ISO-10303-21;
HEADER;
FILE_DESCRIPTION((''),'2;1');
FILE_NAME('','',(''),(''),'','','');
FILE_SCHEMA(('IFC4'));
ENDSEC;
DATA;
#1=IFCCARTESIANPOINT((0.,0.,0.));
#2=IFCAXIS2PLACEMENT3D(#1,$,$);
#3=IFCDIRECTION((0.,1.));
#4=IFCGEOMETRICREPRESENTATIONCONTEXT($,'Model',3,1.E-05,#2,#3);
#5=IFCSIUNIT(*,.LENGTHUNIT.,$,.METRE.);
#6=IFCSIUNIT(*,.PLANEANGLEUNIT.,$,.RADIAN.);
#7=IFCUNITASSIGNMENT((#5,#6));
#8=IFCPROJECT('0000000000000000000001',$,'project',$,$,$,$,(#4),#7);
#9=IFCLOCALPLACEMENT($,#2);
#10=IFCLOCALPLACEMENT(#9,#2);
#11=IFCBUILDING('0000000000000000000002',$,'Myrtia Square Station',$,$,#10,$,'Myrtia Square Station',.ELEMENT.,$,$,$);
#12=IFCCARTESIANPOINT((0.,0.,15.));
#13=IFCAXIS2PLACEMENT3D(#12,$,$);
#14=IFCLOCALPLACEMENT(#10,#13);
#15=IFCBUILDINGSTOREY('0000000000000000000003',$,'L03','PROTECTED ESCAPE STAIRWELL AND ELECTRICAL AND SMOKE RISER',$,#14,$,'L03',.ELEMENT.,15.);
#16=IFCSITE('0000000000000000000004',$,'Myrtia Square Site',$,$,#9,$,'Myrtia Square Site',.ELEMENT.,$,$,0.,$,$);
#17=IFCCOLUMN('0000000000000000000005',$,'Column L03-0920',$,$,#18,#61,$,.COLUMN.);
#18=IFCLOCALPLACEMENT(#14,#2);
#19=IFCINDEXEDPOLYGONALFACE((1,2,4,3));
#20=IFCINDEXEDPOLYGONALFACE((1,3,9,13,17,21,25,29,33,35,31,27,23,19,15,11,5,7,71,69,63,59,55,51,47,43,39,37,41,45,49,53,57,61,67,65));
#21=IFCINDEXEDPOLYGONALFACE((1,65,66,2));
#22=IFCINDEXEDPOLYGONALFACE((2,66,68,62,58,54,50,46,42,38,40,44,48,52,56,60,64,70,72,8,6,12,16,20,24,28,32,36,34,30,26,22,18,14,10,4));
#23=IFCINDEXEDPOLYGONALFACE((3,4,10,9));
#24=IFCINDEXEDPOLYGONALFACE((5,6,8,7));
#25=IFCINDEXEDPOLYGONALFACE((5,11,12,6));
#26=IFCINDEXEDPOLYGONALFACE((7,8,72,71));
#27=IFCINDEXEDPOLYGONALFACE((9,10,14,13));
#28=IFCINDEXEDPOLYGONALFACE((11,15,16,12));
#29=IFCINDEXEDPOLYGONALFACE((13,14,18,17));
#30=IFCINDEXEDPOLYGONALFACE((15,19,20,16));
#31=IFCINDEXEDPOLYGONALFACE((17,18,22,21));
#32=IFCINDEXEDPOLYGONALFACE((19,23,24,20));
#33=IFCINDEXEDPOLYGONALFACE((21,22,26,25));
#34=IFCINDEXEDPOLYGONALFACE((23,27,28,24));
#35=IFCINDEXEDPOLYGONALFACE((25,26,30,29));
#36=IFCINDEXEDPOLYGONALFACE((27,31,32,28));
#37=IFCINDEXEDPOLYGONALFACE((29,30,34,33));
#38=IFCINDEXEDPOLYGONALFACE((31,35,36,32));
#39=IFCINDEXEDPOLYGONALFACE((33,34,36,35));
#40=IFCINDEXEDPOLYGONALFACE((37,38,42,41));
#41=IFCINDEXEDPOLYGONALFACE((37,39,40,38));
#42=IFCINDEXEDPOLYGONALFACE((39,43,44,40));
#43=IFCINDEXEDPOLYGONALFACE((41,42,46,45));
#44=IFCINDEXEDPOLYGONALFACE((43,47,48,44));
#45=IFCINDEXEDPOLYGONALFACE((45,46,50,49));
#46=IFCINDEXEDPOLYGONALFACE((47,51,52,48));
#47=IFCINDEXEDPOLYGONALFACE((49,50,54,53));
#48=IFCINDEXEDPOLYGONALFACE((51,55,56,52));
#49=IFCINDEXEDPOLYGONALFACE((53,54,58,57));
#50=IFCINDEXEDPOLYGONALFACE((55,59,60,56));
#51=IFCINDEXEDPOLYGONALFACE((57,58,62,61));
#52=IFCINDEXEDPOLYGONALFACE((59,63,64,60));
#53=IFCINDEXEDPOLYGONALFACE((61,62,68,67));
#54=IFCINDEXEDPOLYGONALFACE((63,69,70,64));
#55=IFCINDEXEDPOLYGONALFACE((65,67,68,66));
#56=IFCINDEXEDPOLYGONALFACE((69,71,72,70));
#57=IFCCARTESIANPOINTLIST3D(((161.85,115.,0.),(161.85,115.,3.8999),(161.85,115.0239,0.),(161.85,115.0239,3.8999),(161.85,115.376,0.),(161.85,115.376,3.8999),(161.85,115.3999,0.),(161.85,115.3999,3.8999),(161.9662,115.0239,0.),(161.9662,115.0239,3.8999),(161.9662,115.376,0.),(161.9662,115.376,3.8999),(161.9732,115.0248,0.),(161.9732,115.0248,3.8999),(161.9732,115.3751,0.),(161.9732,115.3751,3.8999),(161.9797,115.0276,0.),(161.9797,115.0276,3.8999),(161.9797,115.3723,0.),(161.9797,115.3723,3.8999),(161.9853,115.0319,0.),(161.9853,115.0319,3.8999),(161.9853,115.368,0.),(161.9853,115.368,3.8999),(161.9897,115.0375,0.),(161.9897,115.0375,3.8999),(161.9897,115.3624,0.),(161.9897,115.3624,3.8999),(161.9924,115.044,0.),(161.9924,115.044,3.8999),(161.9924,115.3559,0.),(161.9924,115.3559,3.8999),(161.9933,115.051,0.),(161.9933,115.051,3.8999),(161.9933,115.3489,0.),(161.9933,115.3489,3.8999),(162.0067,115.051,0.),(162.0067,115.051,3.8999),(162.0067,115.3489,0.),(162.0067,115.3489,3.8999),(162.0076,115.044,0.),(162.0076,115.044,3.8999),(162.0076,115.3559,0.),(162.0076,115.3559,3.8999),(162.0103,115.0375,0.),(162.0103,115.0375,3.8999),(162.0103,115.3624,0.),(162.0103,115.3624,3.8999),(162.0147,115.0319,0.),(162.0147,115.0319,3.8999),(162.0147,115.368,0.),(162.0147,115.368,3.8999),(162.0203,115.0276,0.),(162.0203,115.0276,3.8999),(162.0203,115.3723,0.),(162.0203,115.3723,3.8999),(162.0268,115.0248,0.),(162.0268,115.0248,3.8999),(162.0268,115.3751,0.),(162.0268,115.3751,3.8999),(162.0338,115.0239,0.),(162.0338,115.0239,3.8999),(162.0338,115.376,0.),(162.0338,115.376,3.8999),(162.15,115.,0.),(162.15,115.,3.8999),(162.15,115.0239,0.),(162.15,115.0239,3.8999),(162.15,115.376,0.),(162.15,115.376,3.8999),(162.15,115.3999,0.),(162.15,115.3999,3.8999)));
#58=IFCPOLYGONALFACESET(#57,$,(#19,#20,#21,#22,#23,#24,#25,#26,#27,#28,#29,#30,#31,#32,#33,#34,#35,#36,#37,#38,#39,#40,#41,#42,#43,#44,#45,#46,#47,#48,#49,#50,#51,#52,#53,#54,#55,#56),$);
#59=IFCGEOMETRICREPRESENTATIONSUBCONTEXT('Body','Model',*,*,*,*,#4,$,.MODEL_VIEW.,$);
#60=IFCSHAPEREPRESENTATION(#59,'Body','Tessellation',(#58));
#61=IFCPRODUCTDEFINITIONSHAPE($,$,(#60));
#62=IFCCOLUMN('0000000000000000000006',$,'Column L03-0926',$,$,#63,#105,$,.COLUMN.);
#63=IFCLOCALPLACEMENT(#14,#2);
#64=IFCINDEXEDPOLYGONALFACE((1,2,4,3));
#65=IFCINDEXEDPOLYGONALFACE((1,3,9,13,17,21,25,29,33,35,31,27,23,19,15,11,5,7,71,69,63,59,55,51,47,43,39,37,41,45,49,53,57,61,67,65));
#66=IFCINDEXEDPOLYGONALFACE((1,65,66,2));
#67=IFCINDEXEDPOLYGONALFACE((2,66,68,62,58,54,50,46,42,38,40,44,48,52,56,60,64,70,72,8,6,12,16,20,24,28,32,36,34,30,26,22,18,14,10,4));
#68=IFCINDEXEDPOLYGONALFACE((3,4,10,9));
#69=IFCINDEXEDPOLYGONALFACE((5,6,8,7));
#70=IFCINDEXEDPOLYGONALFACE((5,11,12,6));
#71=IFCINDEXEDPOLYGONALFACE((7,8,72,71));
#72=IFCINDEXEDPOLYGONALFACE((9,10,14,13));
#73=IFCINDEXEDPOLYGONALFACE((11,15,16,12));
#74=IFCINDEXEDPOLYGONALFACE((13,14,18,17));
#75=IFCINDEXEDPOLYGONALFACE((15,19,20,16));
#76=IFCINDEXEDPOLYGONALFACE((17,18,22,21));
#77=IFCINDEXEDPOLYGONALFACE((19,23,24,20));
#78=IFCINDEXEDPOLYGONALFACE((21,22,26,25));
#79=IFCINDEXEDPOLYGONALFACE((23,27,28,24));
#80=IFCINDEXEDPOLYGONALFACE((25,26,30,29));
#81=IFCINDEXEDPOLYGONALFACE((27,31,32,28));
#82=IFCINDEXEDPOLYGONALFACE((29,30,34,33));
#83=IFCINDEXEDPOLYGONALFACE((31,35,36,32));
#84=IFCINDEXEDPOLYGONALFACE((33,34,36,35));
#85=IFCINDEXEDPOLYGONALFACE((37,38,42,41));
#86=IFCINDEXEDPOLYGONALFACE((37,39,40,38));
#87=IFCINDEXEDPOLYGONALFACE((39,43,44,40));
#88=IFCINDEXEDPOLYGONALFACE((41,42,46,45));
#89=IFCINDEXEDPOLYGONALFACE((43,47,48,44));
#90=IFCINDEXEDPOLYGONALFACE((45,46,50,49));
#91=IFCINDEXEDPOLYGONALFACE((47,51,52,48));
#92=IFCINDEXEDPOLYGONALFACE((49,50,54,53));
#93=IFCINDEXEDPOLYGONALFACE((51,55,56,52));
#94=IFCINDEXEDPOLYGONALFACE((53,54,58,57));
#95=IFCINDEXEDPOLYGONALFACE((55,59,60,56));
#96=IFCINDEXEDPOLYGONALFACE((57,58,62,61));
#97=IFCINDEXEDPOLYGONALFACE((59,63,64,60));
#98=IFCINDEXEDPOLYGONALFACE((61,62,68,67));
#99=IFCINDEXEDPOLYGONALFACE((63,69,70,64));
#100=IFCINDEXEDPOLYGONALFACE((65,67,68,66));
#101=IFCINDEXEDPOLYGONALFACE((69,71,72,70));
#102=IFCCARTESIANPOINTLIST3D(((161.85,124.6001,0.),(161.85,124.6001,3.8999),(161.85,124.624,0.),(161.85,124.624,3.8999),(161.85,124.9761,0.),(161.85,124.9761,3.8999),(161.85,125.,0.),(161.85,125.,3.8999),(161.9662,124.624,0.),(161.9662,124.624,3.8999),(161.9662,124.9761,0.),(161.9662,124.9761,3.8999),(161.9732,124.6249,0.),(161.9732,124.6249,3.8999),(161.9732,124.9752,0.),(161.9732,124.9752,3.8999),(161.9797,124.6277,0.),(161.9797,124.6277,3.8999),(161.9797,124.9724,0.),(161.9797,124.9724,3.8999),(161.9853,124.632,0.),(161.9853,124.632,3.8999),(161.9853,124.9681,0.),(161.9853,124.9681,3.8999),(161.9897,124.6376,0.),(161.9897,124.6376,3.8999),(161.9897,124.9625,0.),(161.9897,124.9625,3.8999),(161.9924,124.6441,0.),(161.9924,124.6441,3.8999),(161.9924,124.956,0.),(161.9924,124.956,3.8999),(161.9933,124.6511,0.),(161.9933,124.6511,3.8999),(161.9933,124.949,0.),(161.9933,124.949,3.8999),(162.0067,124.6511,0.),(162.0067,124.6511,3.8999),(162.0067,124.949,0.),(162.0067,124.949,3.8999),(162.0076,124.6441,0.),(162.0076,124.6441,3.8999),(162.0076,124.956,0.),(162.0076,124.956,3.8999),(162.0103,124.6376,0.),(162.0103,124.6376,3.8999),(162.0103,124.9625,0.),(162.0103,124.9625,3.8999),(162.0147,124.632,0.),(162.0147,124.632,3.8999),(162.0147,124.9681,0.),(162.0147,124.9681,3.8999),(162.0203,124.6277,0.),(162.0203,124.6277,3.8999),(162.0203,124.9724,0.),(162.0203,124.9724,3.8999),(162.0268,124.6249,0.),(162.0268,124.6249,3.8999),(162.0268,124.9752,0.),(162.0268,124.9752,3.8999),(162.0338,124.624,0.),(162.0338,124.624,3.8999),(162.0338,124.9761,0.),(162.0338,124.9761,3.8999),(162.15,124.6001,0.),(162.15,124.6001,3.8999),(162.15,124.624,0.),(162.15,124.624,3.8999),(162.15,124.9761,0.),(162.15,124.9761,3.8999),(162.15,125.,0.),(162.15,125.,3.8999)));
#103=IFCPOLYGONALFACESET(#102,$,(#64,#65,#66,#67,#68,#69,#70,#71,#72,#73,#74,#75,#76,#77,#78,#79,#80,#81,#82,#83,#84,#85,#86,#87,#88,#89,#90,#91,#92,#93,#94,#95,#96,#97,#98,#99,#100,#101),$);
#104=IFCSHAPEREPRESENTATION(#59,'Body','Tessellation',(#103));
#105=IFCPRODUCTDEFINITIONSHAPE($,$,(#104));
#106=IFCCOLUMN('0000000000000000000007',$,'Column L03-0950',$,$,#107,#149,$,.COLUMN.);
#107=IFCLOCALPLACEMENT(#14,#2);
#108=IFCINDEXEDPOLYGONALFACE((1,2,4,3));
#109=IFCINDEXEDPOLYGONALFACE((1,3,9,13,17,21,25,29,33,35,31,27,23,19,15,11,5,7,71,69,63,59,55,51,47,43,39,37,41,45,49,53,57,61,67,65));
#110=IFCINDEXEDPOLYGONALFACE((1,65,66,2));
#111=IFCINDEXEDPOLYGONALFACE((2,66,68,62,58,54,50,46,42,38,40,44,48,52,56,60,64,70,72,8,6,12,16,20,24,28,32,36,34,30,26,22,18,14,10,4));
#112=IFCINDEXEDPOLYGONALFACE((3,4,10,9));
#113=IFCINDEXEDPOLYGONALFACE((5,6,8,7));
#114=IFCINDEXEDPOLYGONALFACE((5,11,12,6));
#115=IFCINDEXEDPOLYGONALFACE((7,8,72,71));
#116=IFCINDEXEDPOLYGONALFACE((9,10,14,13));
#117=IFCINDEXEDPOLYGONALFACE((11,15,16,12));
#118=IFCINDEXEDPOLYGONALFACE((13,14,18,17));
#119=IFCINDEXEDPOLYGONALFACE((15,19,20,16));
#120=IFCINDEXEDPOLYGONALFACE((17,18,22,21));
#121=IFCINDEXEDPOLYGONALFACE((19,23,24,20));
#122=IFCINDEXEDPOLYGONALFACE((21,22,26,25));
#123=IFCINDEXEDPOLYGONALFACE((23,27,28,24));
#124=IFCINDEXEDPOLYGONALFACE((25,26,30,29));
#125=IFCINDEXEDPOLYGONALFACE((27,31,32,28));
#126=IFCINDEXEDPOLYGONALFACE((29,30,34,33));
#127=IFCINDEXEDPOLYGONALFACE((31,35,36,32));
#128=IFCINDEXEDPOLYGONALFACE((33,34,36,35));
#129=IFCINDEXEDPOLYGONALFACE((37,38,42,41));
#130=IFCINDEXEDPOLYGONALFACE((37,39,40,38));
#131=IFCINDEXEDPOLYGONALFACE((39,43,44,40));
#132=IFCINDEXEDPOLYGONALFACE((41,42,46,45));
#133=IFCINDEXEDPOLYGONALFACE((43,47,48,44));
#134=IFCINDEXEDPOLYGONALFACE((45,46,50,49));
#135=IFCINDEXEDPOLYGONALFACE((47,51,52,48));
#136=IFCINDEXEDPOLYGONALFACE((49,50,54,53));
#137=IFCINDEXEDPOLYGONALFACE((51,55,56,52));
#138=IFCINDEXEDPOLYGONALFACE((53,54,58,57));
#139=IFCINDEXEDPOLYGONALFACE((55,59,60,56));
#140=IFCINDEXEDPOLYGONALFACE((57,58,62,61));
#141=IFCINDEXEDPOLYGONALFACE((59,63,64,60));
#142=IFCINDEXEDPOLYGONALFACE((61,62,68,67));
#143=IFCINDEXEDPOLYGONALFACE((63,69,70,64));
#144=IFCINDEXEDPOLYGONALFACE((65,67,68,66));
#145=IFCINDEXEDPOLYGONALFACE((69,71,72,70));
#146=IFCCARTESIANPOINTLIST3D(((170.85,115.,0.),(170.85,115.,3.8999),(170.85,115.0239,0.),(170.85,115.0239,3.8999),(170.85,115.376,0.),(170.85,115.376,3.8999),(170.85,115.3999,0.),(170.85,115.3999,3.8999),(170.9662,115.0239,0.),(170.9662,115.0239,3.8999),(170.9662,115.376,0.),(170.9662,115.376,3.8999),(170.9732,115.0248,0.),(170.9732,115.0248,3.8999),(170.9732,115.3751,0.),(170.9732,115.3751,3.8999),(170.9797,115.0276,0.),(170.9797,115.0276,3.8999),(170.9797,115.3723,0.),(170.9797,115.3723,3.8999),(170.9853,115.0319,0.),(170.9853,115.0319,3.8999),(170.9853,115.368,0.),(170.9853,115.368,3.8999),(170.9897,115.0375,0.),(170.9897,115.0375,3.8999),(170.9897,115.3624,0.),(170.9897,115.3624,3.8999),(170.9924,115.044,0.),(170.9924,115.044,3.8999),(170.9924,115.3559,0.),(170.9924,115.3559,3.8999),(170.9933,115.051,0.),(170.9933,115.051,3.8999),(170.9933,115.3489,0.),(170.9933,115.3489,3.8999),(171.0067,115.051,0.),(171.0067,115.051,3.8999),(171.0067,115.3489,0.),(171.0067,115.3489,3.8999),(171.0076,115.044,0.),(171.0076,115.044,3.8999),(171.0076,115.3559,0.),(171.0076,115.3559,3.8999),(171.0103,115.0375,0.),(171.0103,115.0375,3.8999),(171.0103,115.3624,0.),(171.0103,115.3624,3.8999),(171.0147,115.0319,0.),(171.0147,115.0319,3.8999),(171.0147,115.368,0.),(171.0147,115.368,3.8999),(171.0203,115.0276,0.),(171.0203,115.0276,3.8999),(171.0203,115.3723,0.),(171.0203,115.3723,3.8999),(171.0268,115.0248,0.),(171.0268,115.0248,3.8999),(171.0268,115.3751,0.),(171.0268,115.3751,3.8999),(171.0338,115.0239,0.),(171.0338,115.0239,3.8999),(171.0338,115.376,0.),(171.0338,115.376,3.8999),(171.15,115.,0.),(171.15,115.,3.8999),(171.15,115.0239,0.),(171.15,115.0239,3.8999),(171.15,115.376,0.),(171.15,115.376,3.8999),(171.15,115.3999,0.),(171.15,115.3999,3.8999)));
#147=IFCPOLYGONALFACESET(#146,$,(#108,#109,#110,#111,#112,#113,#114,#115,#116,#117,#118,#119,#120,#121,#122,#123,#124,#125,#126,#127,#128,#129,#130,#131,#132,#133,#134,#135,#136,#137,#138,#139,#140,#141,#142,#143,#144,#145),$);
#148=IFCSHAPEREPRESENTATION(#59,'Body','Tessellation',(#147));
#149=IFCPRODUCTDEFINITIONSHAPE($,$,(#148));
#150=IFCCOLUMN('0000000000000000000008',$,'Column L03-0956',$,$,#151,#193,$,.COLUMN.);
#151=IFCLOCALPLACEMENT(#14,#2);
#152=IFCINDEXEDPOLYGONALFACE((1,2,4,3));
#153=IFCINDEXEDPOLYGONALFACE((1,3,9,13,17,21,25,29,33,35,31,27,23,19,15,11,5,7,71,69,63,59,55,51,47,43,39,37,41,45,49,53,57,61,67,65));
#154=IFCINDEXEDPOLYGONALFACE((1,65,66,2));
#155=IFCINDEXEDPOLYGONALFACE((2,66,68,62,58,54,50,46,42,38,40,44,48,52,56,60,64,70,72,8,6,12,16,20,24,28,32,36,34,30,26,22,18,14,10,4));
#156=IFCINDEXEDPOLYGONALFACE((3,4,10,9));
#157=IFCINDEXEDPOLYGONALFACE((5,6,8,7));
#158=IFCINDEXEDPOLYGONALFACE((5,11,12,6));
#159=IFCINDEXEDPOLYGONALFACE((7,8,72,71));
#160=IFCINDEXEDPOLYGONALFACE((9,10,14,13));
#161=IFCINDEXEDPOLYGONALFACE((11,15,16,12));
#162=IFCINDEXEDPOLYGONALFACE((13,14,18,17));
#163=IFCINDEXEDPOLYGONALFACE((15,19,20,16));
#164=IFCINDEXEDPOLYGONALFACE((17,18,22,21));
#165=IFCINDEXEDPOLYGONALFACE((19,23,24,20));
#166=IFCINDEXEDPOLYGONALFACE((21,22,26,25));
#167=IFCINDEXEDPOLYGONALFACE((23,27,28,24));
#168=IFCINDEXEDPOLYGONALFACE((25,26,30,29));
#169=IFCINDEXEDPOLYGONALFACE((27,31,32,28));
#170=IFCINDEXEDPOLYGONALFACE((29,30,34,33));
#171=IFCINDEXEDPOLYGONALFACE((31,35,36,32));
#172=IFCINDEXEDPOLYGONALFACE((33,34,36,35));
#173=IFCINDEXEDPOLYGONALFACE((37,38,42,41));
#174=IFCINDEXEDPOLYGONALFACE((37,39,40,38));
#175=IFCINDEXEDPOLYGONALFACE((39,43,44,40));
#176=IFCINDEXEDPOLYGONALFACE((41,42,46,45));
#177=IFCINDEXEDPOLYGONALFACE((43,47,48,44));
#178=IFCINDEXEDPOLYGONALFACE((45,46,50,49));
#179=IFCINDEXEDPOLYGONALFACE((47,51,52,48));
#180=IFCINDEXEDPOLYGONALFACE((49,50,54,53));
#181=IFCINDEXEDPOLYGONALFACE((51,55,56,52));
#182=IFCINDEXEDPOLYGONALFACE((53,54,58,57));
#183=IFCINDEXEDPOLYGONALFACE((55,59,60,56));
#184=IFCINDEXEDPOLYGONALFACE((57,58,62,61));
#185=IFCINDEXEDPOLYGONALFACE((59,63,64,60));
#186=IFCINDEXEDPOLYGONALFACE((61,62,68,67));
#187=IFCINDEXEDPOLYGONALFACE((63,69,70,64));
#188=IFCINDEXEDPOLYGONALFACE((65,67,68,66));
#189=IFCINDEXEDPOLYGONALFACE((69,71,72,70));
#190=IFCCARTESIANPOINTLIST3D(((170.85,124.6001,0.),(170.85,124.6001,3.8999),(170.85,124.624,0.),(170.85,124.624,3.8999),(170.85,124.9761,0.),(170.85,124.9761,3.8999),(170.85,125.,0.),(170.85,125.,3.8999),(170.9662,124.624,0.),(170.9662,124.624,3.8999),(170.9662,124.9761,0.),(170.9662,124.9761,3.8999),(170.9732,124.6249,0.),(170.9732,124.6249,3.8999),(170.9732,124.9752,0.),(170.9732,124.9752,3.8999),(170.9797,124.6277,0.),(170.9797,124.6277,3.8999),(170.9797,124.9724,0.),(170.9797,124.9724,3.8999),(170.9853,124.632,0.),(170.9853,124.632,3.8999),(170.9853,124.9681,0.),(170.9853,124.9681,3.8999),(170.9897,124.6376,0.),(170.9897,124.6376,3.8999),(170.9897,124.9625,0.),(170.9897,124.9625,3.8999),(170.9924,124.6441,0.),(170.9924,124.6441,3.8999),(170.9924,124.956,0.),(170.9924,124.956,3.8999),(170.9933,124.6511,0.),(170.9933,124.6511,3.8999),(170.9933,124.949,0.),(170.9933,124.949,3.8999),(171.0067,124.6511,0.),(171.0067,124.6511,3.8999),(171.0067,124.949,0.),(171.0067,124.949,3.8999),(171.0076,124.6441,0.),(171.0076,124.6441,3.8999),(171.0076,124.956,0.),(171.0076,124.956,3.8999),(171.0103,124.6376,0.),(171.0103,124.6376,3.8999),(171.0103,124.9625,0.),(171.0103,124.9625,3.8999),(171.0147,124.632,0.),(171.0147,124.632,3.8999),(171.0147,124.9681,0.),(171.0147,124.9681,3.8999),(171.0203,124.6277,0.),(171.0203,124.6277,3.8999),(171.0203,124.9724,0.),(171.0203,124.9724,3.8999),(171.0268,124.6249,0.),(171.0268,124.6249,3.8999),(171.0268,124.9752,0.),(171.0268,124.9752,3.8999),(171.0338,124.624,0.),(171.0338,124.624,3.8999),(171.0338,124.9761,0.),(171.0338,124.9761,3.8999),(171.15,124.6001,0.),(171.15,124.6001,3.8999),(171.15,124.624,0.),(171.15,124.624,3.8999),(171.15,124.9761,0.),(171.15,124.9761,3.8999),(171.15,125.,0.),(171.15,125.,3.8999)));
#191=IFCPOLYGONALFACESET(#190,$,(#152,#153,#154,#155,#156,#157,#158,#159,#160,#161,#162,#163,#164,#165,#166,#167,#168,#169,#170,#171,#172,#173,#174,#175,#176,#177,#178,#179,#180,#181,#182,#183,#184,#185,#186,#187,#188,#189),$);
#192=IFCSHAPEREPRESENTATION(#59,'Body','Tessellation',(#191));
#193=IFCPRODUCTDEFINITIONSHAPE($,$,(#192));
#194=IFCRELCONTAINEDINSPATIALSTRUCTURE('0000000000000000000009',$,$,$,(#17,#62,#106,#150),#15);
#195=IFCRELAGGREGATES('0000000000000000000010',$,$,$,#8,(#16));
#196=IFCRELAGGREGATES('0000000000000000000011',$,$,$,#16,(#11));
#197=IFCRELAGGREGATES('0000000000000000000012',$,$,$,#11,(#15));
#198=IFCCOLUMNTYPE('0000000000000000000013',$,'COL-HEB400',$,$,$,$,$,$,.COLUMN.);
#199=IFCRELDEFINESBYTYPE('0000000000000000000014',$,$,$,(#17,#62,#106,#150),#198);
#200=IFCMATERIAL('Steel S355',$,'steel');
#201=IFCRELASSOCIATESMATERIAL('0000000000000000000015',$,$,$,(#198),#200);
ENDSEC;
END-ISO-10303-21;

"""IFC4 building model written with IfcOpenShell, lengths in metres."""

from ifc_helpers import new_model, si_unit, direction, frame, origin, origin_2d, place, context, subcontext, project, spatial, i_section, extrude, material, material_profile, profile_set, type_object, element, save


model = new_model("IFC4")

# Units and contexts
model_context = context("Model", 3, precision=1e-05, world=origin(), true_north=direction((0.0, 1.0)))
body_context = subcontext(model_context, "Body", "Model", "MODEL_VIEW")
ifc_project = project(units=[si_unit("LENGTHUNIT", "METRE"), si_unit("PLANEANGLEUNIT", "RADIAN")], contexts=[model_context])

# Site, building, storey
site_placement = place(None, origin())
site = spatial("IfcSite", under=ifc_project, at=site_placement, Name="Myrtia Square Site", LongName="Myrtia Square Site", CompositionType="ELEMENT", RefElevation=0.0)
building_placement = place(site_placement, origin())
building = spatial("IfcBuilding", under=site, at=building_placement, Name="Myrtia Square Station", LongName="Myrtia Square Station", CompositionType="ELEMENT")
storey_placement = place(building_placement, frame((0.0, 0.0, 15.0)))
storey = spatial("IfcBuildingStorey", under=building, at=storey_placement, Name="L03", Description="PROTECTED ESCAPE STAIRWELL AND ELECTRICAL AND SMOKE RISER", LongName="L03", CompositionType="ELEMENT", Elevation=15.0)

# Columns
ifc_material_1 = material(Name="Steel S355", Category="steel")
ifc_material_profile_1 = material_profile(ifc_material_1, i_section(OverallWidth=0.3, OverallDepth=0.3999, WebThickness=0.0134, FlangeThickness=0.0239, FilletRadius=0.0271, at=origin_2d()), Name="HEB 400")
ifc_profile_set_1 = profile_set([ifc_material_profile_1], Name="Steel S355")
column_type = type_object("IfcColumnType", Name="COL-HEB400", PredefinedType="COLUMN", material=ifc_profile_set_1)
for number, where, z_axis, x_axis, name in (
    (1, (162.0, 115.2, 0.0), (0.0, 0.0, 1.0), (1.0, 0.0, 0.0), "Column L03-0920"),
    (2, (162.0, 124.8, 0.0), (0.0, 0.0, 1.0), (1.0, 0.0, 0.0), "Column L03-0926"),
    (3, (171.0, 115.2, 0.0), (0.0, 0.0, 1.0), (1.0, 0.0, 0.0), "Column L03-0950"),
    (4, (171.0, 124.8, 0.0), (0.0, 0.0, 1.0), (1.0, 0.0, 0.0), "Column L03-0956"),
):
    element("IfcColumn", number, at=place(storey_placement, frame(where, z_axis=z_axis, x_axis=x_axis)), inside=storey, type_object=column_type, Name=name, PredefinedType="COLUMN", context=body_context, shape_type="SweptSolid", body=[
        extrude(i_section(OverallWidth=0.3, OverallDepth=0.3999, WebThickness=0.0134, FlangeThickness=0.0239, FilletRadius=0.0271, at=origin_2d()), origin(), (0.0, 0.0, 1.0), 3.8999),
    ])

save(model, "model.ifc")
